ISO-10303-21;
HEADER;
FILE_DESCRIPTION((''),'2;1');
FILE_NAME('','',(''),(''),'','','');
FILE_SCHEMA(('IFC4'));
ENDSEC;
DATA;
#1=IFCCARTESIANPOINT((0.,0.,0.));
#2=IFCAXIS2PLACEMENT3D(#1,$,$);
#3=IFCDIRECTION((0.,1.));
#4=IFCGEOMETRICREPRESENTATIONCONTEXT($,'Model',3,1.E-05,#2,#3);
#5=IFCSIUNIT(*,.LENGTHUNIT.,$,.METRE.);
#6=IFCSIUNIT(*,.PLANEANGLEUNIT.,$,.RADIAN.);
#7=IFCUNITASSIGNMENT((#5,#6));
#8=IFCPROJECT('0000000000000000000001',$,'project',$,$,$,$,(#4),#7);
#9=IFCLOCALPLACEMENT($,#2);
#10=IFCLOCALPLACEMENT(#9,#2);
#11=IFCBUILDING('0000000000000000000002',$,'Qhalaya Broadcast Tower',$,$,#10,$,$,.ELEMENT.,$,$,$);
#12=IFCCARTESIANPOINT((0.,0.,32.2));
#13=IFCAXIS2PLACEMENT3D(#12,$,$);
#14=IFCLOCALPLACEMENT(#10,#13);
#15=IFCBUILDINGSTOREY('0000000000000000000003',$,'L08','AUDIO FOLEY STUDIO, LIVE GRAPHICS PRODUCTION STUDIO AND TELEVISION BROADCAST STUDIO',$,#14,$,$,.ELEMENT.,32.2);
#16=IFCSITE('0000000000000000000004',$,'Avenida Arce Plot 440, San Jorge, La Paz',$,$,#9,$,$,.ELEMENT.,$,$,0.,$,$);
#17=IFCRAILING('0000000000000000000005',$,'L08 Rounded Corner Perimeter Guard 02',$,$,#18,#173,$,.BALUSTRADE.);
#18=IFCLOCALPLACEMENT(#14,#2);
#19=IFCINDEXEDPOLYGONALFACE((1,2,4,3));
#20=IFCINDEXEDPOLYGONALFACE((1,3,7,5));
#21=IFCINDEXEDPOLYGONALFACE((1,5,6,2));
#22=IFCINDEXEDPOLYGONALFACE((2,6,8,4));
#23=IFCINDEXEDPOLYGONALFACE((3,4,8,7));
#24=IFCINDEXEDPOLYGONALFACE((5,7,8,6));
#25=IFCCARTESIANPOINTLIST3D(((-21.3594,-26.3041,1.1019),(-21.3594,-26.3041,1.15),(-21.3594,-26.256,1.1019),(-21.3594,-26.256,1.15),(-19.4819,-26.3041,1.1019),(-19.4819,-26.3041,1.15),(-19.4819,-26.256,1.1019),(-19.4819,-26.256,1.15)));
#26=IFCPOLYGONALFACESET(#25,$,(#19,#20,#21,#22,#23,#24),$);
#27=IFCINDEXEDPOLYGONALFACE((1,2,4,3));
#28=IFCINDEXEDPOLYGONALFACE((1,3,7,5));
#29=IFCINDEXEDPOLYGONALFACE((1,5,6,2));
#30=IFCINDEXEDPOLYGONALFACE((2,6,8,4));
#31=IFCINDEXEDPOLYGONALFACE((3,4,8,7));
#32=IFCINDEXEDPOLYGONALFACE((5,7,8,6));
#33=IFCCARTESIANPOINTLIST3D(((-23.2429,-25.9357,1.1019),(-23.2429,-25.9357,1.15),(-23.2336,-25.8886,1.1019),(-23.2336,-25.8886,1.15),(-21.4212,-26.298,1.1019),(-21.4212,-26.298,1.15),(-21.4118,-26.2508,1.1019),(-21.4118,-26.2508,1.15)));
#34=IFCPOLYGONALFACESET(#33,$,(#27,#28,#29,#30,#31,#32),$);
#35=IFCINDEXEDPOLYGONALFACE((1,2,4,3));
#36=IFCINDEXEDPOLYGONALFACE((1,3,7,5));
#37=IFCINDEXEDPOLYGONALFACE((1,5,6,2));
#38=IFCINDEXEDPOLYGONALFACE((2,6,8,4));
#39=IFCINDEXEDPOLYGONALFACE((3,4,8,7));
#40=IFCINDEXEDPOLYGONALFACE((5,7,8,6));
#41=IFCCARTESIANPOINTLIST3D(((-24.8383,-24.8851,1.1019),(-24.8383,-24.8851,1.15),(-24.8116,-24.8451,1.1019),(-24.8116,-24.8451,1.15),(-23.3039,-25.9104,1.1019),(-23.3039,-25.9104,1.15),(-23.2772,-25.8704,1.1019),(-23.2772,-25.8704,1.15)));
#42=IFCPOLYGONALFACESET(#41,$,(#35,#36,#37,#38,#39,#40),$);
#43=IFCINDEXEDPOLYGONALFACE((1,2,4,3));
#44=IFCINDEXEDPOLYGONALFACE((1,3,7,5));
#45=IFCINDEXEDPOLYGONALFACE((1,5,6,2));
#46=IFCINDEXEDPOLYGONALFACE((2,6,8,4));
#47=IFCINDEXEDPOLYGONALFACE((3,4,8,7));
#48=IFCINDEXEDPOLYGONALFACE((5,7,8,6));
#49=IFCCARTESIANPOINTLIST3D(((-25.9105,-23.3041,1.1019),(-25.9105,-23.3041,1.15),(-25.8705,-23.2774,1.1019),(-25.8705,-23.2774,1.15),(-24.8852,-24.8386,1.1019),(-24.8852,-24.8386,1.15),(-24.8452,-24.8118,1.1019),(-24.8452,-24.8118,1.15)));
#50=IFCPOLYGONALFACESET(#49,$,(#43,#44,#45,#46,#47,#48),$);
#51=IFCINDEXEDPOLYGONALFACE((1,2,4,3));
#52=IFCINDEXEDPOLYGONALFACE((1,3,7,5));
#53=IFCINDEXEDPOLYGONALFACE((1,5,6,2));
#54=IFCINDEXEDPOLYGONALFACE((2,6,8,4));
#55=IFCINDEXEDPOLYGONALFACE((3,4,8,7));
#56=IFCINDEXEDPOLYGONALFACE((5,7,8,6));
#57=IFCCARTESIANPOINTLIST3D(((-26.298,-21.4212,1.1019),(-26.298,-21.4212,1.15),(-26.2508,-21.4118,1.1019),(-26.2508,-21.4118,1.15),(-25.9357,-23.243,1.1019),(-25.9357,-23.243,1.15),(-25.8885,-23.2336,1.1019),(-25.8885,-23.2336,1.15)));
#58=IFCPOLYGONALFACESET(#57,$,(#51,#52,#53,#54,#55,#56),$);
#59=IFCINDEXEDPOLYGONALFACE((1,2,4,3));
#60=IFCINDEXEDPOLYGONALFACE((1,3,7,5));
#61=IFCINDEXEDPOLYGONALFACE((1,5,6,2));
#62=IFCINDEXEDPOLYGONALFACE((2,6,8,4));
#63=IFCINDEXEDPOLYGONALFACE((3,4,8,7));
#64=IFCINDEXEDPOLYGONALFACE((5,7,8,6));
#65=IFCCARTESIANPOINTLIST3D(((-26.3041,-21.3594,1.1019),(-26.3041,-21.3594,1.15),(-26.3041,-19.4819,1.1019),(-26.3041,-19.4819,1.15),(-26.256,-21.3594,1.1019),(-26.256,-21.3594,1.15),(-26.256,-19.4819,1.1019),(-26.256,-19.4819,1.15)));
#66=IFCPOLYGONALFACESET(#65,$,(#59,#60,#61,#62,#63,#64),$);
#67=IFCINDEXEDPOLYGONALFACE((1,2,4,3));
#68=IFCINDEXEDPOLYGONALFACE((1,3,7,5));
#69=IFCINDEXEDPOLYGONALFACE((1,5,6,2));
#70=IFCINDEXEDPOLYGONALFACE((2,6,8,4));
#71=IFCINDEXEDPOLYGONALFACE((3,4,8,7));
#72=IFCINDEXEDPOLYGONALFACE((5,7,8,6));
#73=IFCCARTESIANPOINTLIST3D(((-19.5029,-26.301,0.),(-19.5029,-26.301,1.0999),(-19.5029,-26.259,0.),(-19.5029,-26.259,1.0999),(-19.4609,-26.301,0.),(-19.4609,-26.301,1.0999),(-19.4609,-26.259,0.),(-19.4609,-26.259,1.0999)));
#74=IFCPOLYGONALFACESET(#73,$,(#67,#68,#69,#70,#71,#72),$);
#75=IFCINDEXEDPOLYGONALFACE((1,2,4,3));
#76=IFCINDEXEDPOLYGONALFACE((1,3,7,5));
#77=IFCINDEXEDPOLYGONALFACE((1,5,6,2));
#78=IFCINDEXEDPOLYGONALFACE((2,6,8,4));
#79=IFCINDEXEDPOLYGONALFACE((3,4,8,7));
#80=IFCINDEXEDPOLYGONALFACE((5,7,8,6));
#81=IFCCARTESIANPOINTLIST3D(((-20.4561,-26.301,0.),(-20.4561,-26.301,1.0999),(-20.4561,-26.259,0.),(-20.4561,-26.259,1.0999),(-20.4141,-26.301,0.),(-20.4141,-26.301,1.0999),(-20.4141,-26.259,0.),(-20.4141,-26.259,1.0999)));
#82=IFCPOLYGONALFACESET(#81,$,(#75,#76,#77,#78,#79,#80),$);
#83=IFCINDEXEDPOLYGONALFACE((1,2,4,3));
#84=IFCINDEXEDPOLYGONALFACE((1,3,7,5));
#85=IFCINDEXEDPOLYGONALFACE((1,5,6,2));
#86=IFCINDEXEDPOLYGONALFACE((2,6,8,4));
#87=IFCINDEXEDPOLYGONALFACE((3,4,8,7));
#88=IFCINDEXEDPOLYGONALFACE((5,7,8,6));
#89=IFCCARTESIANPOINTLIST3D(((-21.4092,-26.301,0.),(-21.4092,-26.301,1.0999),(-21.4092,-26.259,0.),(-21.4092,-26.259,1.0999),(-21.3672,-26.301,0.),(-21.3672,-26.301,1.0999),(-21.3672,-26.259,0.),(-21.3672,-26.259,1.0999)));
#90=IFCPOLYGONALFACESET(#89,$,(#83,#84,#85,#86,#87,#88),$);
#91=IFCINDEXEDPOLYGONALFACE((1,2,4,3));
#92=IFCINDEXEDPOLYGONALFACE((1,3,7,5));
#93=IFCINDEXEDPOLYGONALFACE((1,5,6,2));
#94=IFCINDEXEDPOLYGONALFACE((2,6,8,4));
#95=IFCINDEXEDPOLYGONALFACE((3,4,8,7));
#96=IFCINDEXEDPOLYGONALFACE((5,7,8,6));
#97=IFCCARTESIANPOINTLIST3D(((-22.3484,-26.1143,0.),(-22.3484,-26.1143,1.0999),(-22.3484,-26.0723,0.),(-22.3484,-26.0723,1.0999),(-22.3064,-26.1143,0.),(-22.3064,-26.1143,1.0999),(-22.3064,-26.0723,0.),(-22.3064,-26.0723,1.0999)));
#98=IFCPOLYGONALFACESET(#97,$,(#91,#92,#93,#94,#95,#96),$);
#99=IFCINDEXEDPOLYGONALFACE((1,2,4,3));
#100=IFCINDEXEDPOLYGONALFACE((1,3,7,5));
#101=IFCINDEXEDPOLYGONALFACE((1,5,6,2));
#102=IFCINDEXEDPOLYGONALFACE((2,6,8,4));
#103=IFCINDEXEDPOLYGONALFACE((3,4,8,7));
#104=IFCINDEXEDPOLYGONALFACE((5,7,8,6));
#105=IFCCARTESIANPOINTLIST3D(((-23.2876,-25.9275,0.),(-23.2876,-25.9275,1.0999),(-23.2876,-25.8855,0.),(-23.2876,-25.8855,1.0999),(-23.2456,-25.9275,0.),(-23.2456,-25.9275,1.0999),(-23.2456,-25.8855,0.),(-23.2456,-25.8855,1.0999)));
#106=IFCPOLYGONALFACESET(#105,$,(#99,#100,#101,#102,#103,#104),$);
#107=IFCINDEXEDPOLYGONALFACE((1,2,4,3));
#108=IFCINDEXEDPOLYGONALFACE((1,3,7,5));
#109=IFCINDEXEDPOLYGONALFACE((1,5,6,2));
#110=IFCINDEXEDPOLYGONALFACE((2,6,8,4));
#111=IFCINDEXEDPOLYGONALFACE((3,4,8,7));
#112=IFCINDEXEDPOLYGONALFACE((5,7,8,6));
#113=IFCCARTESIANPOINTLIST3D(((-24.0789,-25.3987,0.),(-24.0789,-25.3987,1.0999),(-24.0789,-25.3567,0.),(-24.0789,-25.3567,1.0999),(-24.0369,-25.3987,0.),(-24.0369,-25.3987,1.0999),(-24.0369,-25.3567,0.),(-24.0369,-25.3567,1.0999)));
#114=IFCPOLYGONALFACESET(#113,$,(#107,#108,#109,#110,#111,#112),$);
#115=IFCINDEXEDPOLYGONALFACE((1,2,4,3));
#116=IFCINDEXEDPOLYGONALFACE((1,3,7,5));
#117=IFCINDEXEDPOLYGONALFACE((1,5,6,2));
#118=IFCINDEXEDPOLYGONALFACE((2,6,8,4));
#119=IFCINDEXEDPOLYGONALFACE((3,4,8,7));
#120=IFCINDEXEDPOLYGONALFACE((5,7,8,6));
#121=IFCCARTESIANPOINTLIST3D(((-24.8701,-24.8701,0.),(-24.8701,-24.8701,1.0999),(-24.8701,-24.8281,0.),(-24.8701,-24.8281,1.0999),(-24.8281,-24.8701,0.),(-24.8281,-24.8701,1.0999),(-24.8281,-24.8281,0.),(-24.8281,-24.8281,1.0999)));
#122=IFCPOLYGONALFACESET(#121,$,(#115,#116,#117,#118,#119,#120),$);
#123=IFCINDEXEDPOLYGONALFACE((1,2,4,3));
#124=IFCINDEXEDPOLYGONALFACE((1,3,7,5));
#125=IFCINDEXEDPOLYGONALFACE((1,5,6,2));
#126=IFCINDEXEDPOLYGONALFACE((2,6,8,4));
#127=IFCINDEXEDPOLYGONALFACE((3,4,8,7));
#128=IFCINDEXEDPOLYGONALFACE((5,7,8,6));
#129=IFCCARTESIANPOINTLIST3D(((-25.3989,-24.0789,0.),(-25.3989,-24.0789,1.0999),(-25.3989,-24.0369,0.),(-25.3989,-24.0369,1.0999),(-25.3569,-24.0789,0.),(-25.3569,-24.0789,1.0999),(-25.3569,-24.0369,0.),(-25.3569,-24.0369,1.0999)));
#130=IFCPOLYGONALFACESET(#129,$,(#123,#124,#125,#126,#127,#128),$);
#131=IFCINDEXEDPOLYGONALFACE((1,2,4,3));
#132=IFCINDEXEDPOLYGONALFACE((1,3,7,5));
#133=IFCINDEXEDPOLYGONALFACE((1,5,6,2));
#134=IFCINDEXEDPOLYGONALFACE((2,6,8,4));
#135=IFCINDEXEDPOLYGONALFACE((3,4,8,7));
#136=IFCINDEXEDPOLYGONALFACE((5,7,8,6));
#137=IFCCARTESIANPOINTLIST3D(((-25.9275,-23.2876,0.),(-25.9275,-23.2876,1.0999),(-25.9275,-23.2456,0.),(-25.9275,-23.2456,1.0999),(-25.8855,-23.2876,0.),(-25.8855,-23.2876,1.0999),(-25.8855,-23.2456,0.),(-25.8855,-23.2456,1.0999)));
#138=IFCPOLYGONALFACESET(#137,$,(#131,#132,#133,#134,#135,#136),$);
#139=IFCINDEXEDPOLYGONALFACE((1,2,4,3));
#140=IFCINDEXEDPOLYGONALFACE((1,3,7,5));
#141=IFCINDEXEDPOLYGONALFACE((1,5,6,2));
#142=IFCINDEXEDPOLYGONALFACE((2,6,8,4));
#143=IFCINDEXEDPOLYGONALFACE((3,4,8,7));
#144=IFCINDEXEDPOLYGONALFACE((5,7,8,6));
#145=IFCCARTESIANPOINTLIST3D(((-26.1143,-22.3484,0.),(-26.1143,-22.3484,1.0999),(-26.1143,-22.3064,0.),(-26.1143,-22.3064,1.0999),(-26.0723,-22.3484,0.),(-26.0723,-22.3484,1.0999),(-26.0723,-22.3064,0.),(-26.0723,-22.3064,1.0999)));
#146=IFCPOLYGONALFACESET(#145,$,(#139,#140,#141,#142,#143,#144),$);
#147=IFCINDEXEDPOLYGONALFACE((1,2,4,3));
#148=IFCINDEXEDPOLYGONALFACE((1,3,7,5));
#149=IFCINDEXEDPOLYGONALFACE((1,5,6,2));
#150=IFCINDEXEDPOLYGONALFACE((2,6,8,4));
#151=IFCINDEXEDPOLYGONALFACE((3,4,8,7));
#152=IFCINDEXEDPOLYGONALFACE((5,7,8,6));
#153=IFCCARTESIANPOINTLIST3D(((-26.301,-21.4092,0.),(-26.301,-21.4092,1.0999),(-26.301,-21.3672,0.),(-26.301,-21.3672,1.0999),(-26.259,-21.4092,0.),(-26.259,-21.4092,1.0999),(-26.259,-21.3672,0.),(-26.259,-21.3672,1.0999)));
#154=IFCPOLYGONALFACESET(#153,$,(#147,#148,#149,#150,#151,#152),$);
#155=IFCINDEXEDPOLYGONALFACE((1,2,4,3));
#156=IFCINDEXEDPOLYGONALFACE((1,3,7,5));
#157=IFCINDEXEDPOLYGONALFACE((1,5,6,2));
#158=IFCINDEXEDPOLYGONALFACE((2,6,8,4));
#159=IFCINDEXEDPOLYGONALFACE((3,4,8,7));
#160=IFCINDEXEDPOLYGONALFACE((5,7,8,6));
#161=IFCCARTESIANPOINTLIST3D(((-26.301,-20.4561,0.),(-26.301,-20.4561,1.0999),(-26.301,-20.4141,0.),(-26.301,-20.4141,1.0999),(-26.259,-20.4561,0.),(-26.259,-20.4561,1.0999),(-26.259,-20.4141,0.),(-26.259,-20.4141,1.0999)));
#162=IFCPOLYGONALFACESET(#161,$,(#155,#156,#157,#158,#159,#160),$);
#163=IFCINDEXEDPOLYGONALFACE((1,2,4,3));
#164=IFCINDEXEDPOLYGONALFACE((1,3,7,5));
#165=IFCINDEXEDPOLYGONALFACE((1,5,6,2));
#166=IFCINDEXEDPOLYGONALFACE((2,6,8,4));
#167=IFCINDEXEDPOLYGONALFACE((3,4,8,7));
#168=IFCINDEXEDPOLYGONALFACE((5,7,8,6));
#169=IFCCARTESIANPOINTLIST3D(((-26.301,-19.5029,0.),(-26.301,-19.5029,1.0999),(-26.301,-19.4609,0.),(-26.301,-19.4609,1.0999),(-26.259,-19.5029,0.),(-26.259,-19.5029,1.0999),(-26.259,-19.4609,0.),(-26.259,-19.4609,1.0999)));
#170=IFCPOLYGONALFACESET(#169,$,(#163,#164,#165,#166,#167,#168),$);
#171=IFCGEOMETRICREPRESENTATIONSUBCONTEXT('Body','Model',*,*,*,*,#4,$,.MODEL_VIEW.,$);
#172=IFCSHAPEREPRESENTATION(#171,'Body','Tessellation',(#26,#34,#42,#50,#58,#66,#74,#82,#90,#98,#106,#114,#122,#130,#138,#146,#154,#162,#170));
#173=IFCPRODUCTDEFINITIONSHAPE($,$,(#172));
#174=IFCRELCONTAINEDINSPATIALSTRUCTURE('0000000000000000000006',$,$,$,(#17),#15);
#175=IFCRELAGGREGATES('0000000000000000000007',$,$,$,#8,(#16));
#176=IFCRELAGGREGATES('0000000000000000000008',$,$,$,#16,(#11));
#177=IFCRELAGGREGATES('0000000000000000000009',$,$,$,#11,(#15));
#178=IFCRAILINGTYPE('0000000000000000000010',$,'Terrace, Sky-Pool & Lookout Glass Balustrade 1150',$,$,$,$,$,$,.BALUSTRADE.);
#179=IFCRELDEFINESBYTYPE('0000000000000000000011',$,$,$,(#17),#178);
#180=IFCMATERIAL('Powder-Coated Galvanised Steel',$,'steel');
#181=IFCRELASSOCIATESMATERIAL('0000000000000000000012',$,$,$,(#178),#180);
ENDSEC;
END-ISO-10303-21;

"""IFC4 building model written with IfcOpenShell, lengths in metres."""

from ifc_helpers import new_model, si_unit, direction, frame, origin, origin_2d, place, context, subcontext, project, spatial, rectangle, extrude, material, type_object, element, save


model = new_model("IFC4")

# Units and contexts
model_context = context("Model", 3, precision=1e-05, world=origin(), true_north=direction((0.0, 1.0)))
body_context = subcontext(model_context, "Body", "Model", "MODEL_VIEW")
ifc_project = project(units=[si_unit("LENGTHUNIT", "METRE"), si_unit("PLANEANGLEUNIT", "RADIAN")], contexts=[model_context])

# Site, building, storey
site_placement = place(None, origin())
site = spatial("IfcSite", under=ifc_project, at=site_placement, Name="Avenida Arce Plot 440, San Jorge, La Paz", CompositionType="ELEMENT", RefElevation=0.0)
building_placement = place(site_placement, origin())
building = spatial("IfcBuilding", under=site, at=building_placement, Name="Qhalaya Broadcast Tower", CompositionType="ELEMENT")
storey_placement = place(building_placement, frame((0.0, 0.0, 32.2)))
storey = spatial("IfcBuildingStorey", under=building, at=storey_placement, Name="L08", Description="AUDIO FOLEY STUDIO, LIVE GRAPHICS PRODUCTION STUDIO AND TELEVISION BROADCAST STUDIO", CompositionType="ELEMENT", Elevation=32.2)

# Railing
ifc_material_1 = material(Name="Powder-Coated Galvanised Steel", Category="steel")
railing_type = type_object("IfcRailingType", Name="Terrace, Sky-Pool & Lookout Glass Balustrade 1150", PredefinedType="BALUSTRADE", material=ifc_material_1)
railing_placement = place(storey_placement, frame((-19.4819, -26.28, 0.0)))
element("IfcRailing", 1, at=railing_placement, inside=storey, type_object=railing_type, Name="L08 Rounded Corner Perimeter Guard 02", PredefinedType="BALUSTRADE", context=body_context, shape_type="SweptSolid", body=[
    extrude(rectangle(XDim=0.0481, YDim=0.0481, at=origin_2d()), frame((0.0, 0.0, 1.126), z_axis=(-1.0, 0.0, 0.0), x_axis=(0.0, -1.0, 0.0)), (0.0, 0.0, 1.0), 1.8774),
    extrude(rectangle(XDim=0.0481, YDim=0.0481, at=origin_2d()), frame((-1.9346, 0.0056, 1.126), z_axis=(-0.980796, 0.195037, 0.0), x_axis=(-0.195037, -0.980796, 0.0)), (0.0, 0.0, 1.0), 1.8574),
    extrude(rectangle(XDim=0.0481, YDim=0.0481, at=origin_2d()), frame((-3.8086, 0.3896, 1.126), z_axis=(-0.831478, 0.555558, 0.0), x_axis=(-0.555558, -0.831478, 0.0)), (0.0, 0.0, 1.0), 1.8455),
    extrude(rectangle(XDim=0.0481, YDim=0.0481, at=origin_2d()), frame((-5.3833, 1.4548, 1.126), z_axis=(-0.555558, 0.831478, 0.0), x_axis=(-0.831478, -0.555558, 0.0)), (0.0, 0.0, 1.0), 1.8455),
    extrude(rectangle(XDim=0.0481, YDim=0.0481, at=origin_2d()), frame((-6.4302, 3.0417, 1.126), z_axis=(-0.195037, 0.980796, 0.0), x_axis=(-0.980796, -0.195037, 0.0)), (0.0, 0.0, 1.0), 1.8574),
    extrude(rectangle(XDim=0.0481, YDim=0.0481, at=origin_2d()), frame((-6.7981, 4.9207, 1.126), z_axis=(0.0, 1.0, 0.0), x_axis=(-1.0, 0.0, 0.0)), (0.0, 0.0, 1.0), 1.8774),
    extrude(rectangle(XDim=0.042, YDim=0.042, at=origin_2d()), origin(), (0.0, 0.0, 1.0), 1.0999),
    extrude(rectangle(XDim=0.042, YDim=0.042, at=origin_2d()), frame((-0.9531, 0.0, 0.0)), (0.0, 0.0, 1.0), 1.0999),
    extrude(rectangle(XDim=0.042, YDim=0.042, at=origin_2d()), frame((-1.9062, 0.0, 0.0)), (0.0, 0.0, 1.0), 1.0999),
    extrude(rectangle(XDim=0.042, YDim=0.042, at=origin_2d()), frame((-2.8455, 0.1868, 0.0)), (0.0, 0.0, 1.0), 1.0999),
    extrude(rectangle(XDim=0.042, YDim=0.042, at=origin_2d()), frame((-3.7847, 0.3735, 0.0)), (0.0, 0.0, 1.0), 1.0999),
    extrude(rectangle(XDim=0.042, YDim=0.042, at=origin_2d()), frame((-4.5759, 0.9023, 0.0)), (0.0, 0.0, 1.0), 1.0999),
    extrude(rectangle(XDim=0.042, YDim=0.042, at=origin_2d()), frame((-5.3672, 1.4309, 0.0)), (0.0, 0.0, 1.0), 1.0999),
    extrude(rectangle(XDim=0.042, YDim=0.042, at=origin_2d()), frame((-5.896, 2.2222, 0.0)), (0.0, 0.0, 1.0), 1.0999),
    extrude(rectangle(XDim=0.042, YDim=0.042, at=origin_2d()), frame((-6.4246, 3.0134, 0.0)), (0.0, 0.0, 1.0), 1.0999),
    extrude(rectangle(XDim=0.042, YDim=0.042, at=origin_2d()), frame((-6.6113, 3.9526, 0.0)), (0.0, 0.0, 1.0), 1.0999),
    extrude(rectangle(XDim=0.042, YDim=0.042, at=origin_2d()), frame((-6.7981, 4.8918, 0.0)), (0.0, 0.0, 1.0), 1.0999),
    extrude(rectangle(XDim=0.042, YDim=0.042, at=origin_2d()), frame((-6.7981, 5.845, 0.0)), (0.0, 0.0, 1.0), 1.0999),
    extrude(rectangle(XDim=0.042, YDim=0.042, at=origin_2d()), frame((-6.7981, 6.7981, 0.0)), (0.0, 0.0, 1.0), 1.0999),
])

save(model, "model.ifc")
